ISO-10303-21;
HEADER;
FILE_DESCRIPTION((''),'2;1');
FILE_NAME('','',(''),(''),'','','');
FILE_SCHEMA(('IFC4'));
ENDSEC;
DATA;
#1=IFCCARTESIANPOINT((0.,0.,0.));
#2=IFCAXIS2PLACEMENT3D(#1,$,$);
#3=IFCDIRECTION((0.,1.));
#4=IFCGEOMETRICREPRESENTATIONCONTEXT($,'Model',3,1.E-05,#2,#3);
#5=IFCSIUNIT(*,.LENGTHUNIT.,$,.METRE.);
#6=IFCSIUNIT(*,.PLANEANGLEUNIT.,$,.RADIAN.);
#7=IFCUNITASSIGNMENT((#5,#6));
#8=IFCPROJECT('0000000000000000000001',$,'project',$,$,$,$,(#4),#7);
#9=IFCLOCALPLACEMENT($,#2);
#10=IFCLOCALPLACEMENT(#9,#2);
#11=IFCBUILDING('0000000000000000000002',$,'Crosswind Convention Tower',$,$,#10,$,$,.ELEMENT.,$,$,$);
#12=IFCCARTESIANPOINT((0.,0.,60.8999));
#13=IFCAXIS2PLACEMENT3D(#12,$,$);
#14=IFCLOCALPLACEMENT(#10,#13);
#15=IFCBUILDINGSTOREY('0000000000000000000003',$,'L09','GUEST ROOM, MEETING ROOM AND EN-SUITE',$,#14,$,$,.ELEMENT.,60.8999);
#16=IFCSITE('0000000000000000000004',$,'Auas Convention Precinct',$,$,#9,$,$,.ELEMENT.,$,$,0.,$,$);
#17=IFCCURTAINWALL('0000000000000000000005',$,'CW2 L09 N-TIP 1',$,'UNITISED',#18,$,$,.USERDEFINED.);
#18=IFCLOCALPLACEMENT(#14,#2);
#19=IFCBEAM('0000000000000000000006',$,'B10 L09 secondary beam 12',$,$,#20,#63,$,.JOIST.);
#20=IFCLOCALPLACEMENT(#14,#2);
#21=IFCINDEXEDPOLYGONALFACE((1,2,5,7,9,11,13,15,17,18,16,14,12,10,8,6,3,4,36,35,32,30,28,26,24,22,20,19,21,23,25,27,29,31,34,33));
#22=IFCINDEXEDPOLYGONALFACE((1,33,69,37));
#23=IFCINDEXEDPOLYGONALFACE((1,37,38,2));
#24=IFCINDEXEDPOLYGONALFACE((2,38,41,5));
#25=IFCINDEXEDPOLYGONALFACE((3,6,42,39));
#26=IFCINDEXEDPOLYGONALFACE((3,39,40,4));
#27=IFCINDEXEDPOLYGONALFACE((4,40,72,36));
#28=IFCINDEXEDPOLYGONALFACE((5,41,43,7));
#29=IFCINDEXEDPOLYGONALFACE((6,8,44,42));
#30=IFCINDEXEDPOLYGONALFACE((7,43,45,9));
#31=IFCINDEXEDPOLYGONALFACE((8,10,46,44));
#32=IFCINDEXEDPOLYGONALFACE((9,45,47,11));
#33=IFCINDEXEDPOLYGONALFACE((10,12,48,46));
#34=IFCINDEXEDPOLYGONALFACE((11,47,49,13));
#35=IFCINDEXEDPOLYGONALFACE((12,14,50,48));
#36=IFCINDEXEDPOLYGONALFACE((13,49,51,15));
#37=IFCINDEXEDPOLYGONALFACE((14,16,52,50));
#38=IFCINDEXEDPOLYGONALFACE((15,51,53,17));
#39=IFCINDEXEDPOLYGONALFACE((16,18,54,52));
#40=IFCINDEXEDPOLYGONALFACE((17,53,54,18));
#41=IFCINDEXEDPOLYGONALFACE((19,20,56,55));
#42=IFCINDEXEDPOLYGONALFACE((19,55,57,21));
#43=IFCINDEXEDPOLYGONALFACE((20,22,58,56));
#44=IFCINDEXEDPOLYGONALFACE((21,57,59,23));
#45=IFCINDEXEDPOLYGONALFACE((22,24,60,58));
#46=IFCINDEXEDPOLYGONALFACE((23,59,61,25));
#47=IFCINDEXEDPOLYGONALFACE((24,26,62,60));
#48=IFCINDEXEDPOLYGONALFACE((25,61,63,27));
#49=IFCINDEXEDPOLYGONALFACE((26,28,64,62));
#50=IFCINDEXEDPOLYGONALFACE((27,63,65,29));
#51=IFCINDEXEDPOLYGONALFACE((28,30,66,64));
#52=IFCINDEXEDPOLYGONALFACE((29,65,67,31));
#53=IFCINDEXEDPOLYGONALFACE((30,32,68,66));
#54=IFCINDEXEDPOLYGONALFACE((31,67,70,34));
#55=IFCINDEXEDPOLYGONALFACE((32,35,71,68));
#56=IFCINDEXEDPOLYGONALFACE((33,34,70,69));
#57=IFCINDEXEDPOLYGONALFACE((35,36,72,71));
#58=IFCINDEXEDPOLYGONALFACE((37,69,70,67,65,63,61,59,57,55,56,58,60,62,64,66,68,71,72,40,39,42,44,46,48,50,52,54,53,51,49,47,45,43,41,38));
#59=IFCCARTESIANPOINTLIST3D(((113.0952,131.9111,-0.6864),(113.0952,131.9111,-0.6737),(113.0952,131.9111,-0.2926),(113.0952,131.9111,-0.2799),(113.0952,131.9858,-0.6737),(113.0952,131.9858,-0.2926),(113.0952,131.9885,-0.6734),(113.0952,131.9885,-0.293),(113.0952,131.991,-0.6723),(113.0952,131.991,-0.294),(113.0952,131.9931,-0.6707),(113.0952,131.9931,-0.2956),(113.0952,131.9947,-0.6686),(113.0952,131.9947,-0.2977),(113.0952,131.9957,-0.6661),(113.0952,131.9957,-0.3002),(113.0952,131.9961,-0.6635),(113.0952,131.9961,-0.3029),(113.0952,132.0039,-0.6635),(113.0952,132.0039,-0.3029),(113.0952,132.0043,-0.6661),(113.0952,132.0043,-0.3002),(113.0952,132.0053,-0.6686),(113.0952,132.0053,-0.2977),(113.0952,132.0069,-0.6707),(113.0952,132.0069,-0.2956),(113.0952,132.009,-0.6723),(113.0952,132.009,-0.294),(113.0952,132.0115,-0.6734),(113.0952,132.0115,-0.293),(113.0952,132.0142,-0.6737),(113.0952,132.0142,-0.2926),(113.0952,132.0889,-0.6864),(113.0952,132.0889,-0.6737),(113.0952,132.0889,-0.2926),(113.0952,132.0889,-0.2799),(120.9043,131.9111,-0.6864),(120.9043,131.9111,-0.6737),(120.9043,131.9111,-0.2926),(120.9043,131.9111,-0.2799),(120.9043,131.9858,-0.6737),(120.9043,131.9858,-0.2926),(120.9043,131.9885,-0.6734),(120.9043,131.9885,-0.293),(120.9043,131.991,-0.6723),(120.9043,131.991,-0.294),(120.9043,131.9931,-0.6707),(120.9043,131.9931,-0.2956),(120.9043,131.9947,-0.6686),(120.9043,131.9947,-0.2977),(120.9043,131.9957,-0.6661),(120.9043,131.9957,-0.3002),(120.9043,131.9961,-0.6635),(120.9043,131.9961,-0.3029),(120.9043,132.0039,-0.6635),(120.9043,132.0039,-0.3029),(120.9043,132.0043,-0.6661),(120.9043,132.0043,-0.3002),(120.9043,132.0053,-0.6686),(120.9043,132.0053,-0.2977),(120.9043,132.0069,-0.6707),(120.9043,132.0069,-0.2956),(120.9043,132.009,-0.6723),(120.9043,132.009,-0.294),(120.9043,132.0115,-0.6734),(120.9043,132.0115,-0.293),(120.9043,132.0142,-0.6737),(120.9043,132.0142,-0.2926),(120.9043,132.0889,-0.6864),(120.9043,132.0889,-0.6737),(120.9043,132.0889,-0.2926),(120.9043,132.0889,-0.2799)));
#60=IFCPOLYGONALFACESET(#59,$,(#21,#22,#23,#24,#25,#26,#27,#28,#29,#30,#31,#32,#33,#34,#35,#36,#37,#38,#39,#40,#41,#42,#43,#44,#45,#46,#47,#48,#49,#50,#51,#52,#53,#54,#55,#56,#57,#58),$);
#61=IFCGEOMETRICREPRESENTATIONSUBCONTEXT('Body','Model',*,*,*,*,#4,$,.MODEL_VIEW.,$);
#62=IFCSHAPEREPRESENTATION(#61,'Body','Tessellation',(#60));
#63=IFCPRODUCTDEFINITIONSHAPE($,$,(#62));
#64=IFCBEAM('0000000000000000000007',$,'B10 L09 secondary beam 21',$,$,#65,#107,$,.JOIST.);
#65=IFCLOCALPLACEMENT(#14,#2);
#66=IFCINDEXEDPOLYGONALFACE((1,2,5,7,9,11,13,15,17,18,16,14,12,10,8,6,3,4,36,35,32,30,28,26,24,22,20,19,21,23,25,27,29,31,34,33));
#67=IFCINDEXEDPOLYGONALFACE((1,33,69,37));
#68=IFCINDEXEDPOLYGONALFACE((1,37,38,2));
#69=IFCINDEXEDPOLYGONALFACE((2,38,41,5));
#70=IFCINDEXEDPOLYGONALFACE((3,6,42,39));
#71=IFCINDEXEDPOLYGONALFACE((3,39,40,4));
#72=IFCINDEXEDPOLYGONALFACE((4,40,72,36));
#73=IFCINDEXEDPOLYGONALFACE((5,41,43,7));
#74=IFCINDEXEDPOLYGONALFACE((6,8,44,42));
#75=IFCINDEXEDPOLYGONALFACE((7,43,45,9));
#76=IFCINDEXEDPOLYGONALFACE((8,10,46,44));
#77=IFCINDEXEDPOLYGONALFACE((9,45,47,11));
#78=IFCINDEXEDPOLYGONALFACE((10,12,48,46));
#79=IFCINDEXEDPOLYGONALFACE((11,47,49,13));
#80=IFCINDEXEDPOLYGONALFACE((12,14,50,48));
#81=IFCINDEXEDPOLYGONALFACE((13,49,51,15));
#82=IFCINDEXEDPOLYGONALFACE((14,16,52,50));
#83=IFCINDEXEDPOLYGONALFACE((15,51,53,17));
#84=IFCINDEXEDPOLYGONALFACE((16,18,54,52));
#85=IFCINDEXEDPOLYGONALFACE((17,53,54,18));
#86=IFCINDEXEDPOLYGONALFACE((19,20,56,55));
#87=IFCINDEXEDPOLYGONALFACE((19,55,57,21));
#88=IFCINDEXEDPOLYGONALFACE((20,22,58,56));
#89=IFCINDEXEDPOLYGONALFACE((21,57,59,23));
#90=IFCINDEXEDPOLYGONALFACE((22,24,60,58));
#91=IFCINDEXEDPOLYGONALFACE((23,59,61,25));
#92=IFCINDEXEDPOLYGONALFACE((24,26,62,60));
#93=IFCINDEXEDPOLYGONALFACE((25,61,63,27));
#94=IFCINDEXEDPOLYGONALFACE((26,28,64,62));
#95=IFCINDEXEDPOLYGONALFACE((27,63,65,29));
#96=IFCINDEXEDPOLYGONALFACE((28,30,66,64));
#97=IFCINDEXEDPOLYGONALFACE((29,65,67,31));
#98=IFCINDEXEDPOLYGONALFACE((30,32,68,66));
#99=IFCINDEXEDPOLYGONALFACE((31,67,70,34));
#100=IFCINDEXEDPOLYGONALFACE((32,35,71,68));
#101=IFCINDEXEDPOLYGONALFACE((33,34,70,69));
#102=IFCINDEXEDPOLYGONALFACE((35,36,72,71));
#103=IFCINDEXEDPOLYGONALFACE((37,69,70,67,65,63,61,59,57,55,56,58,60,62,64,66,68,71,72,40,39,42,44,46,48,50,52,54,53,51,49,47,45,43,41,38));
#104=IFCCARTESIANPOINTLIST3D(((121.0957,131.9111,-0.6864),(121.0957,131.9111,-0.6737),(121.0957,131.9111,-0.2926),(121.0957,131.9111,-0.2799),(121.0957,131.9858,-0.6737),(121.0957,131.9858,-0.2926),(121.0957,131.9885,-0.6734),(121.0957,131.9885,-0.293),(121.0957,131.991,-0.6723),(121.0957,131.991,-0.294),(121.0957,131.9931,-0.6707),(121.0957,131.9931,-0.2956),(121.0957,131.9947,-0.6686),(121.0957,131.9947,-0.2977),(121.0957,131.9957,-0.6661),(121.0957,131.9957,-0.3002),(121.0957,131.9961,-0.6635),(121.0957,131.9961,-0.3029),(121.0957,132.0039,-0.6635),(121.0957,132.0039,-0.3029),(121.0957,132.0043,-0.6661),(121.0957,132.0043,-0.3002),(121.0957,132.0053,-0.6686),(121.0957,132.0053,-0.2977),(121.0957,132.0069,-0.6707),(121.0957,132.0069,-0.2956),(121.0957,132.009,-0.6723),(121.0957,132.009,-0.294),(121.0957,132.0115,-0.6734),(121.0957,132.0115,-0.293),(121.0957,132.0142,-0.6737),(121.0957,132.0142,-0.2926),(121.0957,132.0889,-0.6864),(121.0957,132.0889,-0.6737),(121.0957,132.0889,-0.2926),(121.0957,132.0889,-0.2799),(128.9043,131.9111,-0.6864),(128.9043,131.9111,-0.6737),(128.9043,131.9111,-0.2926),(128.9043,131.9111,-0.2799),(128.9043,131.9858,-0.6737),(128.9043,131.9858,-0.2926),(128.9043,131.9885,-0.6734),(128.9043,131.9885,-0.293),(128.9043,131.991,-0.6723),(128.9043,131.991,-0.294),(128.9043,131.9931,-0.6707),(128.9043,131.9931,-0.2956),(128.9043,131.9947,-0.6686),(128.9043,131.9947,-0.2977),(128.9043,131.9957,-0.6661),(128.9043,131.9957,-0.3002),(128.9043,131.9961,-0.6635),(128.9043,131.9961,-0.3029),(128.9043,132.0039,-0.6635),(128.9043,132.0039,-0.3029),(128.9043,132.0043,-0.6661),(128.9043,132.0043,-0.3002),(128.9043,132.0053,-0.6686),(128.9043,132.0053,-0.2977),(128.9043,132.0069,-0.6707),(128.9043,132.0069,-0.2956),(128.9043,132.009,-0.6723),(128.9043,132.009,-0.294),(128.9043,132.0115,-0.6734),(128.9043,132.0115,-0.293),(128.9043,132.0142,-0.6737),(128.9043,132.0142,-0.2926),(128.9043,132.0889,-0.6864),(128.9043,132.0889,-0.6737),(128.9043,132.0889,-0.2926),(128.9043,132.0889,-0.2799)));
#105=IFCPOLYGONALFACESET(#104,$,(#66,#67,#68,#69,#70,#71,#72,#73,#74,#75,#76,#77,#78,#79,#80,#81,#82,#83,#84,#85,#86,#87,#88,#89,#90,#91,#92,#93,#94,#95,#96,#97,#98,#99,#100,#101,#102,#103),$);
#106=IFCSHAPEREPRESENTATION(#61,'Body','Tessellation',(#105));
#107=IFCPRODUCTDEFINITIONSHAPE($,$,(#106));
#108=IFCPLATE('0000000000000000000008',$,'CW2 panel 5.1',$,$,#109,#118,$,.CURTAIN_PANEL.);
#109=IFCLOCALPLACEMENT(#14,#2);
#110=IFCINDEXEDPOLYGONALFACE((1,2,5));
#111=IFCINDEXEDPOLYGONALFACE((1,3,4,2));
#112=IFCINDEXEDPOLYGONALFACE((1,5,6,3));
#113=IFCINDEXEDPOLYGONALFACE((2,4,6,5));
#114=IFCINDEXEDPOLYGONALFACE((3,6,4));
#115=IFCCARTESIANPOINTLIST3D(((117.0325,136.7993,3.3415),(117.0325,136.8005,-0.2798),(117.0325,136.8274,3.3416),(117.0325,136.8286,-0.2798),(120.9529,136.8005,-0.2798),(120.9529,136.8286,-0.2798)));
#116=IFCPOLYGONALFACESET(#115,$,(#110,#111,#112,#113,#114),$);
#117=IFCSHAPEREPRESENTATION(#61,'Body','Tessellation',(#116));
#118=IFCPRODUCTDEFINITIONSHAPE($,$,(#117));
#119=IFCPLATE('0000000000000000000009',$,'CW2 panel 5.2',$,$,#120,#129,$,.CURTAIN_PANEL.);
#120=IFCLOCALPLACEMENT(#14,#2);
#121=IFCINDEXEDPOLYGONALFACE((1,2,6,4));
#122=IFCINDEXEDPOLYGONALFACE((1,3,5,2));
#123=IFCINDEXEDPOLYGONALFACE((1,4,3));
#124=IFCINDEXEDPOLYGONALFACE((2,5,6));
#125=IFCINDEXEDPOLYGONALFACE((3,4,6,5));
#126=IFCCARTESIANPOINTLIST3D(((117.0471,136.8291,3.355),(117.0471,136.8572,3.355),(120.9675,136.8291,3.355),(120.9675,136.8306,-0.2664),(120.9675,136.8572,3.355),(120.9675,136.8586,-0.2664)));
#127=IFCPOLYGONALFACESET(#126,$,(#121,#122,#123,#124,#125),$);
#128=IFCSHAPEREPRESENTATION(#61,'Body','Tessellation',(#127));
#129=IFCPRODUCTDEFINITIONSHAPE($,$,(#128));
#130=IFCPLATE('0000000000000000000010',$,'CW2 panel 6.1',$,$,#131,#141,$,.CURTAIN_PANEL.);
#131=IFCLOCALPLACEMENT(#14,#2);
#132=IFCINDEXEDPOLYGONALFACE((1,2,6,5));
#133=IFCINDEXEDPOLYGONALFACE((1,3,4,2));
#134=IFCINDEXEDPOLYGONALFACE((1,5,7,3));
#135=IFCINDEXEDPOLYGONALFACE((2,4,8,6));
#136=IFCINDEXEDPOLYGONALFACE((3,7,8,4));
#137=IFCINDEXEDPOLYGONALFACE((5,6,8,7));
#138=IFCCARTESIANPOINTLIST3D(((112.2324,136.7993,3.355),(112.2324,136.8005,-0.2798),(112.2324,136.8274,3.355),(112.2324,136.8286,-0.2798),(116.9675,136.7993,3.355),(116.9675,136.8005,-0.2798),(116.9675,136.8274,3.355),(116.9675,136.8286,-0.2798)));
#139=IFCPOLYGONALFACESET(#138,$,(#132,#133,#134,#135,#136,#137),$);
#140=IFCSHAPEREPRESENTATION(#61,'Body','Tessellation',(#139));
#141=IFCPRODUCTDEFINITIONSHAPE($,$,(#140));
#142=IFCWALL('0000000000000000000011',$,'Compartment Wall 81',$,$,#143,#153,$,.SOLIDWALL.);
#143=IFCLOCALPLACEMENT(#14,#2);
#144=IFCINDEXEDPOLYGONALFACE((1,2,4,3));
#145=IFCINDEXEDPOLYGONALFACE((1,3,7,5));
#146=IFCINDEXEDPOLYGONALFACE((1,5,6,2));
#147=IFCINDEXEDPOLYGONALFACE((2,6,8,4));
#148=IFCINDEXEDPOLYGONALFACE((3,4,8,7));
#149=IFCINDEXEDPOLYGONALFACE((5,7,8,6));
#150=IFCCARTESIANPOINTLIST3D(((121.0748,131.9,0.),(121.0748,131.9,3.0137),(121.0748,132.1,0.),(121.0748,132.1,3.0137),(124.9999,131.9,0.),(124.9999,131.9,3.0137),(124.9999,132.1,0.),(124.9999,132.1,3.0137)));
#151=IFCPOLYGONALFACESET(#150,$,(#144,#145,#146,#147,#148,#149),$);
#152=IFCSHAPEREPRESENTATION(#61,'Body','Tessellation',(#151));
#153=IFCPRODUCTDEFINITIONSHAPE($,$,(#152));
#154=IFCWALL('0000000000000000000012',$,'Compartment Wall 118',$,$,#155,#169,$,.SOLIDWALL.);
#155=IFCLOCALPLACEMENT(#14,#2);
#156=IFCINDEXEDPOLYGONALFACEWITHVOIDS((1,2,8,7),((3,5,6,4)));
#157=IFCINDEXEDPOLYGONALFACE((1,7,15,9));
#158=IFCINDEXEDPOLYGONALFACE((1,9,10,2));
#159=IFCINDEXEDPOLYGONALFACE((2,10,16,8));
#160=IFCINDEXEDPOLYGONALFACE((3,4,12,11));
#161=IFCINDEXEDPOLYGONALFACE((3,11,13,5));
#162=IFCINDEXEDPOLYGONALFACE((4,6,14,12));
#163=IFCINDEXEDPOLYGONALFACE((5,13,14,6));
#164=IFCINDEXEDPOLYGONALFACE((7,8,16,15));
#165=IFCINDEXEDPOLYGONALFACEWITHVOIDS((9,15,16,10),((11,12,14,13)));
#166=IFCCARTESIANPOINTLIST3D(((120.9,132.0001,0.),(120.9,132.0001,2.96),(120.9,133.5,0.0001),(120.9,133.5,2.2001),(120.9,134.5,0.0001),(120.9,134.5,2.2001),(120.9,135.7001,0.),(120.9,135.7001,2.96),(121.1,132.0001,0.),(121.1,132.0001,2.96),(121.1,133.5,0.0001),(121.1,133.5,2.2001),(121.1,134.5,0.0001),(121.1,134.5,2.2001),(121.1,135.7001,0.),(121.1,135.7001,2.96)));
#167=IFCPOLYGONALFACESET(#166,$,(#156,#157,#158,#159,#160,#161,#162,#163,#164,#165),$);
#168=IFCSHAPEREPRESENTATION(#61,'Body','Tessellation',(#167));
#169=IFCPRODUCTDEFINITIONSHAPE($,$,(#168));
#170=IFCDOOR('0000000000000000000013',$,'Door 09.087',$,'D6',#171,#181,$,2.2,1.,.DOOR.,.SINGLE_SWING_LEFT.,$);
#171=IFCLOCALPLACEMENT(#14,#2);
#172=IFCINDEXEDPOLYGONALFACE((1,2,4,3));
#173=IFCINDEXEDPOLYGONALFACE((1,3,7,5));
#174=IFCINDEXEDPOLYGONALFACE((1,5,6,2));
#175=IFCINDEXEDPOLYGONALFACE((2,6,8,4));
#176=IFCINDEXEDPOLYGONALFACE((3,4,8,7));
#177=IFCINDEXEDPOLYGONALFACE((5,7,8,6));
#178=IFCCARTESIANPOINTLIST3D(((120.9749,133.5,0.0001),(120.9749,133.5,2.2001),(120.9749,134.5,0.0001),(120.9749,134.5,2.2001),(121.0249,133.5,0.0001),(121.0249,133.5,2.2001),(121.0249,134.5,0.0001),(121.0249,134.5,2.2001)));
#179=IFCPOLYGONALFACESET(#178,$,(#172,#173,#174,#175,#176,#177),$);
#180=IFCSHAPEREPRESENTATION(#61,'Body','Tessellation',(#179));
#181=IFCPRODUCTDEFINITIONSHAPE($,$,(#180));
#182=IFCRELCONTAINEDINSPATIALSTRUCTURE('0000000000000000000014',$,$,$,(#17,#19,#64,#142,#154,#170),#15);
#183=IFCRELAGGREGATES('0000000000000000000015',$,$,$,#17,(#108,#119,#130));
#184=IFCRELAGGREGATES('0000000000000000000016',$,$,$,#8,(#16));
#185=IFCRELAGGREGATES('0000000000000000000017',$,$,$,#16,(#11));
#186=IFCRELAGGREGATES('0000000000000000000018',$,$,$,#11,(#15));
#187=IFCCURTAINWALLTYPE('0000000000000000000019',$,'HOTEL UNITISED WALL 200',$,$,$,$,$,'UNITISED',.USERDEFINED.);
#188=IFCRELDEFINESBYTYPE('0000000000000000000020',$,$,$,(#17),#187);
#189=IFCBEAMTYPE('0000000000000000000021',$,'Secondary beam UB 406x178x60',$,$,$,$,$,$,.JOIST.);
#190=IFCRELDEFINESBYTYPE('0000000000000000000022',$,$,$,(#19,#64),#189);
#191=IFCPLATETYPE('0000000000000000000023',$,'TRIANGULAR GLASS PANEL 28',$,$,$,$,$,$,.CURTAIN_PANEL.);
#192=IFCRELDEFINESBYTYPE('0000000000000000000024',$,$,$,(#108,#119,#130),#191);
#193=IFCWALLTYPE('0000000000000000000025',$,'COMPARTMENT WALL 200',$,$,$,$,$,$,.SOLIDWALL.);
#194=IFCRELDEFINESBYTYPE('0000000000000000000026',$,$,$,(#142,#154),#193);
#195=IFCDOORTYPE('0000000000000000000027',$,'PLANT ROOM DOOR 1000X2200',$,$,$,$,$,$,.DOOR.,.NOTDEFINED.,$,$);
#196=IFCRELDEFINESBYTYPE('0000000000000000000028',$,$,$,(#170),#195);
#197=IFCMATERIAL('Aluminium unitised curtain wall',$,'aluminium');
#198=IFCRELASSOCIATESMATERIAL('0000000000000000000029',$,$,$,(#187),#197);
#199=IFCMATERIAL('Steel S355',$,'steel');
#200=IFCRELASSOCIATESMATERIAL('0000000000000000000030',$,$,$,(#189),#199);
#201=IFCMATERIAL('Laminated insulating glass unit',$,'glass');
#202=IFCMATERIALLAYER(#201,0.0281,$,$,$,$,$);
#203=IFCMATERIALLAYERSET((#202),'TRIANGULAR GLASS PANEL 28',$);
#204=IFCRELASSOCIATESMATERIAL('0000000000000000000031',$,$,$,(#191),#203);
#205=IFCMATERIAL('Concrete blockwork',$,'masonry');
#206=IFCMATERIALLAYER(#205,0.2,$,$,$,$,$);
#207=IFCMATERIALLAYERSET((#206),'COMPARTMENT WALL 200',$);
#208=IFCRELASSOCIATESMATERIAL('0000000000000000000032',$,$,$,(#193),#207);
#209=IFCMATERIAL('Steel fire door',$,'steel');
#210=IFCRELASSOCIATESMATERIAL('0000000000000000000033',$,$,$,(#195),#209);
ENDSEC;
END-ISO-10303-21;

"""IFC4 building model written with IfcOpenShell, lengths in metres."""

from ifc_helpers import new_model, si_unit, direction, frame, frame_2d, origin, origin_2d, place, context, subcontext, project, spatial, polyline, rectangle, i_section, outline, extrude, material, layer, layer_set, material_profile, profile_set, type_object, element, fill, aggregate, save


model = new_model("IFC4")

# Units and contexts
model_context = context("Model", 3, precision=1e-05, world=origin(), true_north=direction((0.0, 1.0)))
body_context = subcontext(model_context, "Body", "Model", "MODEL_VIEW")
ifc_project = project(units=[si_unit("LENGTHUNIT", "METRE"), si_unit("PLANEANGLEUNIT", "RADIAN")], contexts=[model_context])

# Site, building, storey
site_placement = place(None, origin())
site = spatial("IfcSite", under=ifc_project, at=site_placement, Name="Auas Convention Precinct", CompositionType="ELEMENT", RefElevation=0.0)
building_placement = place(site_placement, origin())
building = spatial("IfcBuilding", under=site, at=building_placement, Name="Crosswind Convention Tower", CompositionType="ELEMENT")
storey_placement = place(building_placement, frame((0.0, 0.0, 60.8999)))
storey = spatial("IfcBuildingStorey", under=building, at=storey_placement, Name="L09", Description="GUEST ROOM, MEETING ROOM AND EN-SUITE", CompositionType="ELEMENT", Elevation=60.8999)

# Shared definitions
ifc_material_1 = material(Name="Steel S355", Category="steel")

# Curtain wall
ifc_material_2 = material(Name="Aluminium unitised curtain wall", Category="aluminium")
curtain_wall_type = type_object("IfcCurtainWallType", Name="HOTEL UNITISED WALL 200", ElementType="UNITISED", PredefinedType="USERDEFINED", material=ifc_material_2)
curtain_wall_placement = place(storey_placement, origin())
curtain_wall = element("IfcCurtainWall", 1, at=curtain_wall_placement, inside=storey, type_object=curtain_wall_type, Name="CW2 L09 N-TIP 1", ObjectType="UNITISED", PredefinedType="USERDEFINED")

# Beams
ifc_material_profile_1 = material_profile(ifc_material_1, i_section(OverallWidth=0.1777, OverallDepth=0.4065, WebThickness=0.0078, FlangeThickness=0.0127, FilletRadius=0.0103, at=origin_2d()), Name="UB 406x178x60")
ifc_profile_set_1 = profile_set([ifc_material_profile_1], Name="Steel S355")
beam_type_1 = type_object("IfcBeamType", Name="Secondary beam UB 406x178x60", PredefinedType="JOIST", material=ifc_profile_set_1)
beam_1_placement = place(storey_placement, frame((113.0952, 132.0, -0.4832), z_axis=(1.0, 0.0, 0.0), x_axis=(0.0, 1.0, 0.0)))
element("IfcBeam", 2, at=beam_1_placement, inside=storey, type_object=beam_type_1, Name="B10 L09 secondary beam 12", PredefinedType="JOIST", context=body_context, shape_type="SweptSolid", body=[
    extrude(i_section(OverallWidth=0.1777, OverallDepth=0.4065, WebThickness=0.0078, FlangeThickness=0.0127, FilletRadius=0.0103, at=origin_2d()), origin(), (0.0, 0.0, 1.0), 7.8091),
])
beam_2_placement = place(storey_placement, frame((121.0957, 132.0, -0.4832), z_axis=(1.0, 0.0, 0.0), x_axis=(0.0, 1.0, 0.0)))
element("IfcBeam", 3, at=beam_2_placement, inside=storey, type_object=beam_type_1, Name="B10 L09 secondary beam 21", PredefinedType="JOIST", context=body_context, shape_type="SweptSolid", body=[
    extrude(i_section(OverallWidth=0.1777, OverallDepth=0.4065, WebThickness=0.0078, FlangeThickness=0.0127, FilletRadius=0.0103, at=origin_2d()), origin(), (0.0, 0.0, 1.0), 7.8086),
])

# Plates
ifc_material_3 = material(Name="Laminated insulating glass unit", Category="glass")
ifc_layer_1 = layer(ifc_material_3, 0.0281)
ifc_layer_set_1 = layer_set([ifc_layer_1], Name="TRIANGULAR GLASS PANEL 28")
plate_type = type_object("IfcPlateType", Name="TRIANGULAR GLASS PANEL 28", PredefinedType="CURTAIN_PANEL", material=ifc_layer_set_1)
plate_1_placement = place(storey_placement, frame((117.0325, 136.8286, -0.2798), z_axis=(0.0, 1.0, 0.000337), x_axis=(0.0, -0.000337, 1.0)))
plate_1 = element("IfcPlate", 4, at=plate_1_placement, type_object=plate_type, Name="CW2 panel 5.1", PredefinedType="CURTAIN_PANEL", context=body_context, shape_type="SweptSolid", body=[
    extrude(outline(polyline([(0.0, 0.0), (3.6213, 0.0), (0.0, 3.9204), (0.0, 0.0)])), origin(), (0.0, 0.0, -1.0), 0.0281),
])
plate_2_placement = place(storey_placement, frame((120.9675, 136.8572, 3.355), z_axis=(0.0, 1.0, 0.000405), x_axis=(0.0, 0.000405, -1.0)))
plate_2 = element("IfcPlate", 5, at=plate_2_placement, type_object=plate_type, Name="CW2 panel 5.2", PredefinedType="CURTAIN_PANEL", context=body_context, shape_type="SweptSolid", body=[
    extrude(outline(polyline([(0.0, 0.0), (3.6213, 0.0), (0.0, 3.9204), (0.0, 0.0)])), origin(), (0.0, 0.0, -1.0), 0.0281),
])
plate_3_placement = place(storey_placement, frame((116.9675, 136.8286, -0.2798), z_axis=(0.0, 1.0, 0.000336), x_axis=(-1.0, 0.0, 0.0)))
plate_3 = element("IfcPlate", 6, at=plate_3_placement, type_object=plate_type, Name="CW2 panel 6.1", PredefinedType="CURTAIN_PANEL", context=body_context, shape_type="SweptSolid", body=[
    extrude(outline(polyline([(0.0, 0.0), (4.7351, 0.0), (4.7351, 3.6348), (0.0, 3.6348), (0.0, 0.0)])), origin(), (0.0, 0.0, -1.0), 0.0281),
])
aggregate(curtain_wall, [plate_1, plate_2, plate_3])

# Wall
ifc_material_4 = material(Name="Concrete blockwork", Category="masonry")
ifc_layer_2 = layer(ifc_material_4, 0.2)
ifc_layer_set_2 = layer_set([ifc_layer_2], Name="COMPARTMENT WALL 200")
wall_type_1 = type_object("IfcWallType", Name="COMPARTMENT WALL 200", PredefinedType="SOLIDWALL", material=ifc_layer_set_2)
wall_1_placement = place(storey_placement, frame((121.075, 132.0, 0.0), z_axis=(0.0, 0.0, 1.0), x_axis=(1.0, 0.0, 0.0)))
element("IfcWall", 7, at=wall_1_placement, inside=storey, type_object=wall_type_1, Name="Compartment Wall 81", PredefinedType="SOLIDWALL", context=body_context, shape_type="SweptSolid", body=[
    extrude(rectangle(XDim=3.925, YDim=0.2, at=frame_2d((1.9624, 0.0))), origin(), (0.0, 0.0, 1.0), 3.0137),
])

# Wall, opening, door
wall_2_placement = place(storey_placement, frame((121.0, 132.0, 0.0), z_axis=(0.0, 0.0, 1.0), x_axis=(0.0, 1.0, 0.0)))
wall_2 = element("IfcWall", 8, at=wall_2_placement, inside=storey, type_object=wall_type_1, Name="Compartment Wall 118", PredefinedType="SOLIDWALL", context=body_context, shape_type="SweptSolid", body=[
    extrude(rectangle(XDim=3.7, YDim=0.2, at=frame_2d((1.8501, 0.0))), origin(), (0.0, 0.0, 1.0), 2.96),
])
opening_1_placement = place(wall_2_placement, frame((1.5, 0.0, 0.0)))
opening_1 = element("IfcOpeningElement", 9, at=opening_1_placement, cuts=wall_2, PredefinedType="OPENING", context=body_context, shape_type="SweptSolid", body=[
    extrude(rectangle(XDim=1.0, YDim=2.2, at=frame_2d((0.5, 1.1001))), frame((0.0, 0.1099, 0.0), z_axis=(0.0, -1.0, 0.0), x_axis=(1.0, 0.0, 0.0)), (0.0, 0.0, 1.0), 0.22),
])
ifc_material_5 = material(Name="Steel fire door", Category="steel")
door_type_1 = type_object("IfcDoorType", Name="PLANT ROOM DOOR 1000X2200", OperationType="NOTDEFINED", PredefinedType="DOOR", material=ifc_material_5)
door_1_placement = place(opening_1_placement, frame((1.0, 0.0, 0.0), z_axis=(0.0, 0.0, 1.0), x_axis=(-1.0, 0.0, 0.0)))
door_1 = element("IfcDoor", 10, at=door_1_placement, inside=storey, type_object=door_type_1, Name="Door 09.087", ObjectType="D6", OperationType="SINGLE_SWING_LEFT", OverallHeight=2.2, OverallWidth=1.0, PredefinedType="DOOR", context=body_context, shape_type="SweptSolid", body=[
    extrude(rectangle(XDim=1.0, YDim=2.2, at=frame_2d((0.5, 1.1001))), frame((0.0, 0.0249, 0.0), z_axis=(0.0, -1.0, 0.0), x_axis=(1.0, 0.0, 0.0)), (0.0, 0.0, 1.0), 0.05),
])
fill(opening_1, door_1)

save(model, "model.ifc")
